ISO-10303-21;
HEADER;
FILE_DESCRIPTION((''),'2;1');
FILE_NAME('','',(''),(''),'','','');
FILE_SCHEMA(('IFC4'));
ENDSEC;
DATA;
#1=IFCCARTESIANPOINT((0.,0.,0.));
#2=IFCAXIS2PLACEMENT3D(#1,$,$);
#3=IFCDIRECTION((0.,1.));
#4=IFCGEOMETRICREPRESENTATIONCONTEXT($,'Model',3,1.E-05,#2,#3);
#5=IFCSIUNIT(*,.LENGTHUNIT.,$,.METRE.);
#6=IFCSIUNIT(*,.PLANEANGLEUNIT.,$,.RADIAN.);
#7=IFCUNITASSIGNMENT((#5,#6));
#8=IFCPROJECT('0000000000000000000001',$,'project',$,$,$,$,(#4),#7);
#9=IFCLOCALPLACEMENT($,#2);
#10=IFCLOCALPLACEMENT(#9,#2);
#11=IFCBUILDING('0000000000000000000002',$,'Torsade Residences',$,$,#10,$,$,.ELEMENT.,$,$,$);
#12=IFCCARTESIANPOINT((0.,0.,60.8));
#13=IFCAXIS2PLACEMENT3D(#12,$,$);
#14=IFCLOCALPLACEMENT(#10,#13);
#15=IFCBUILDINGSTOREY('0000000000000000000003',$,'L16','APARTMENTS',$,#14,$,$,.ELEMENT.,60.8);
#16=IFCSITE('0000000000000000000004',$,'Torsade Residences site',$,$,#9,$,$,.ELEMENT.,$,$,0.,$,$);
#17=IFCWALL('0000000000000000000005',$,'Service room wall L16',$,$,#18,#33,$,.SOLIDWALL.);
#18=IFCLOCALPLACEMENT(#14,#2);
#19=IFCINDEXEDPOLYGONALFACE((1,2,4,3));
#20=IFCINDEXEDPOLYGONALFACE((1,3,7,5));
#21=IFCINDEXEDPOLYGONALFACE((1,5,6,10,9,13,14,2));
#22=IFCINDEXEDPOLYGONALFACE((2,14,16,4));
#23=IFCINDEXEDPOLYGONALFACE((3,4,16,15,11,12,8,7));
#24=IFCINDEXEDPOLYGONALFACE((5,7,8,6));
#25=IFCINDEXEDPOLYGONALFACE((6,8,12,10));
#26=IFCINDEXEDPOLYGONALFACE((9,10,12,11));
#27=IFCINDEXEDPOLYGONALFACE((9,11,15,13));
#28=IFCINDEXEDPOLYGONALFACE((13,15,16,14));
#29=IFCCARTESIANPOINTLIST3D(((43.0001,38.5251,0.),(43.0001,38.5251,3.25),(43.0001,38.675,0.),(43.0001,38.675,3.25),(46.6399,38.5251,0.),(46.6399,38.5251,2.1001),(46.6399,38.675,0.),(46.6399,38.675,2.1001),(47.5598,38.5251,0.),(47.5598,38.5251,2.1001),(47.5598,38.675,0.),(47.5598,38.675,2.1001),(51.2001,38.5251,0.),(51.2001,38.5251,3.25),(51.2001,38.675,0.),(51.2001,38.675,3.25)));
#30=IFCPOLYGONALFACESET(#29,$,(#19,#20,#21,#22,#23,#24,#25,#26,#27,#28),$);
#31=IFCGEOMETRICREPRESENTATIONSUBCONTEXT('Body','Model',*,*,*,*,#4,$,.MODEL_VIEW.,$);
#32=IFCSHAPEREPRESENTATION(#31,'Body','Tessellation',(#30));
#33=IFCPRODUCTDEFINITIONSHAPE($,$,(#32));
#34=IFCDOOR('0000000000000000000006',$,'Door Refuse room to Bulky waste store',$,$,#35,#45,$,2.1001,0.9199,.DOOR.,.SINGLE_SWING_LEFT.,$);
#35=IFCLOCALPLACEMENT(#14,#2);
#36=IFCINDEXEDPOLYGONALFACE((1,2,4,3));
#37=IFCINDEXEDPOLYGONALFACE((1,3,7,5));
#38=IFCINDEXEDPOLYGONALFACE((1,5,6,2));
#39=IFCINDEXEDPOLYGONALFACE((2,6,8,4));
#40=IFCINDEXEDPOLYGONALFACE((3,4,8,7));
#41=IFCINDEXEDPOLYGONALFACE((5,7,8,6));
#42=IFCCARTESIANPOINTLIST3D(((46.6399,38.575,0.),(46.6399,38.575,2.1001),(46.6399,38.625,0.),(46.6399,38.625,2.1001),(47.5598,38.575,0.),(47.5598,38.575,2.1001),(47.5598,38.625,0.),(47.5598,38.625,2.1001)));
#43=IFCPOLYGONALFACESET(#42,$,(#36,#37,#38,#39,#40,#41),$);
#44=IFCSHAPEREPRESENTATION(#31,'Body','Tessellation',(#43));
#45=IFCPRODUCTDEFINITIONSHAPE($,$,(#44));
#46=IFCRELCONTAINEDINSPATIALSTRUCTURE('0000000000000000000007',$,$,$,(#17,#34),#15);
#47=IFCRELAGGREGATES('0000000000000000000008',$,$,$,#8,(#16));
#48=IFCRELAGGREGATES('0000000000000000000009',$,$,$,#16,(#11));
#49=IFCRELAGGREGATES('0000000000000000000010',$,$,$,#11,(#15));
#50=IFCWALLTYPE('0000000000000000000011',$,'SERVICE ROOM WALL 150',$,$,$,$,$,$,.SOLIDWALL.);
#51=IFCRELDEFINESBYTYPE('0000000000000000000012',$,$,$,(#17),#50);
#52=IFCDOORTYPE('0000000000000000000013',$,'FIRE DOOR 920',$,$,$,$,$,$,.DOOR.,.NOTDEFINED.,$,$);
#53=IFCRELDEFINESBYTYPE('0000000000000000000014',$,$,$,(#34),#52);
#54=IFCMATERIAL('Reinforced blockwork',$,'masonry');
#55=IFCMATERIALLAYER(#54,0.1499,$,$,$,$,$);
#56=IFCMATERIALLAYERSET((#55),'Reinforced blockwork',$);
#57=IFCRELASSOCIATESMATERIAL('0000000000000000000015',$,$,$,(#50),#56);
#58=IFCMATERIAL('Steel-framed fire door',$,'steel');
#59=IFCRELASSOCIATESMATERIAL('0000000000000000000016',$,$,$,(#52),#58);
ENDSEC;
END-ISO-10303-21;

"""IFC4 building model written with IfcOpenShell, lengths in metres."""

from ifc_helpers import new_model, si_unit, direction, frame, frame_2d, origin, place, context, subcontext, project, spatial, rectangle, extrude, material, layer, layer_set, type_object, element, fill, save


model = new_model("IFC4")

# Units and contexts
model_context = context("Model", 3, precision=1e-05, world=origin(), true_north=direction((0.0, 1.0)))
body_context = subcontext(model_context, "Body", "Model", "MODEL_VIEW")
ifc_project = project(units=[si_unit("LENGTHUNIT", "METRE"), si_unit("PLANEANGLEUNIT", "RADIAN")], contexts=[model_context])

# Site, building, storey
site_placement = place(None, origin())
site = spatial("IfcSite", under=ifc_project, at=site_placement, Name="Torsade Residences site", CompositionType="ELEMENT", RefElevation=0.0)
building_placement = place(site_placement, origin())
building = spatial("IfcBuilding", under=site, at=building_placement, Name="Torsade Residences", CompositionType="ELEMENT")
storey_placement = place(building_placement, frame((0.0, 0.0, 60.8)))
storey = spatial("IfcBuildingStorey", under=building, at=storey_placement, Name="L16", Description="APARTMENTS", CompositionType="ELEMENT", Elevation=60.8)

# Shared definitions
ifc_material_1 = material(Name="Reinforced blockwork", Category="masonry")
ifc_layer_1 = layer(ifc_material_1, 0.1499)
ifc_layer_set_1 = layer_set([ifc_layer_1], Name="Reinforced blockwork")
wall_type_1 = type_object("IfcWallType", Name="SERVICE ROOM WALL 150", PredefinedType="SOLIDWALL", material=ifc_layer_set_1)

# Wall, opening, door
wall_1_placement = place(storey_placement, frame((43.0, 38.6001, 0.0), z_axis=(0.0, 0.0, 1.0), x_axis=(1.0, 0.0, 0.0)))
wall_1 = element("IfcWall", 1, at=wall_1_placement, inside=storey, type_object=wall_type_1, Name="Service room wall L16", PredefinedType="SOLIDWALL", context=body_context, shape_type="SweptSolid", body=[
    extrude(rectangle(XDim=8.2, YDim=0.1499, at=frame_2d((4.1001, 0.0))), origin(), (0.0, 0.0, 1.0), 3.25),
])
opening_1_placement = place(wall_1_placement, frame((3.6399, 0.0, 0.0)))
opening_1 = element("IfcOpeningElement", 2, at=opening_1_placement, cuts=wall_1, PredefinedType="OPENING", context=body_context, shape_type="SweptSolid", body=[
    extrude(rectangle(XDim=0.9199, YDim=2.1001, at=frame_2d((0.46, 1.05))), frame((0.0, 0.085, 0.0), z_axis=(0.0, -1.0, 0.0), x_axis=(1.0, 0.0, 0.0)), (0.0, 0.0, 1.0), 0.1699),
])
ifc_material_2 = material(Name="Steel-framed fire door", Category="steel")
door_type_1 = type_object("IfcDoorType", Name="FIRE DOOR 920", OperationType="NOTDEFINED", PredefinedType="DOOR", material=ifc_material_2)
door_1_placement = place(opening_1_placement, origin())
door_1 = element("IfcDoor", 3, at=door_1_placement, inside=storey, type_object=door_type_1, Name="Door Refuse room to Bulky waste store", OperationType="SINGLE_SWING_LEFT", OverallHeight=2.1001, OverallWidth=0.9199, PredefinedType="DOOR", context=body_context, shape_type="SweptSolid", body=[
    extrude(rectangle(XDim=0.9199, YDim=2.1001, at=frame_2d((0.46, 1.05))), frame((0.0, 0.0249, 0.0), z_axis=(0.0, -1.0, 0.0), x_axis=(1.0, 0.0, 0.0)), (0.0, 0.0, 1.0), 0.05),
])
fill(opening_1, door_1)

save(model, "model.ifc")
